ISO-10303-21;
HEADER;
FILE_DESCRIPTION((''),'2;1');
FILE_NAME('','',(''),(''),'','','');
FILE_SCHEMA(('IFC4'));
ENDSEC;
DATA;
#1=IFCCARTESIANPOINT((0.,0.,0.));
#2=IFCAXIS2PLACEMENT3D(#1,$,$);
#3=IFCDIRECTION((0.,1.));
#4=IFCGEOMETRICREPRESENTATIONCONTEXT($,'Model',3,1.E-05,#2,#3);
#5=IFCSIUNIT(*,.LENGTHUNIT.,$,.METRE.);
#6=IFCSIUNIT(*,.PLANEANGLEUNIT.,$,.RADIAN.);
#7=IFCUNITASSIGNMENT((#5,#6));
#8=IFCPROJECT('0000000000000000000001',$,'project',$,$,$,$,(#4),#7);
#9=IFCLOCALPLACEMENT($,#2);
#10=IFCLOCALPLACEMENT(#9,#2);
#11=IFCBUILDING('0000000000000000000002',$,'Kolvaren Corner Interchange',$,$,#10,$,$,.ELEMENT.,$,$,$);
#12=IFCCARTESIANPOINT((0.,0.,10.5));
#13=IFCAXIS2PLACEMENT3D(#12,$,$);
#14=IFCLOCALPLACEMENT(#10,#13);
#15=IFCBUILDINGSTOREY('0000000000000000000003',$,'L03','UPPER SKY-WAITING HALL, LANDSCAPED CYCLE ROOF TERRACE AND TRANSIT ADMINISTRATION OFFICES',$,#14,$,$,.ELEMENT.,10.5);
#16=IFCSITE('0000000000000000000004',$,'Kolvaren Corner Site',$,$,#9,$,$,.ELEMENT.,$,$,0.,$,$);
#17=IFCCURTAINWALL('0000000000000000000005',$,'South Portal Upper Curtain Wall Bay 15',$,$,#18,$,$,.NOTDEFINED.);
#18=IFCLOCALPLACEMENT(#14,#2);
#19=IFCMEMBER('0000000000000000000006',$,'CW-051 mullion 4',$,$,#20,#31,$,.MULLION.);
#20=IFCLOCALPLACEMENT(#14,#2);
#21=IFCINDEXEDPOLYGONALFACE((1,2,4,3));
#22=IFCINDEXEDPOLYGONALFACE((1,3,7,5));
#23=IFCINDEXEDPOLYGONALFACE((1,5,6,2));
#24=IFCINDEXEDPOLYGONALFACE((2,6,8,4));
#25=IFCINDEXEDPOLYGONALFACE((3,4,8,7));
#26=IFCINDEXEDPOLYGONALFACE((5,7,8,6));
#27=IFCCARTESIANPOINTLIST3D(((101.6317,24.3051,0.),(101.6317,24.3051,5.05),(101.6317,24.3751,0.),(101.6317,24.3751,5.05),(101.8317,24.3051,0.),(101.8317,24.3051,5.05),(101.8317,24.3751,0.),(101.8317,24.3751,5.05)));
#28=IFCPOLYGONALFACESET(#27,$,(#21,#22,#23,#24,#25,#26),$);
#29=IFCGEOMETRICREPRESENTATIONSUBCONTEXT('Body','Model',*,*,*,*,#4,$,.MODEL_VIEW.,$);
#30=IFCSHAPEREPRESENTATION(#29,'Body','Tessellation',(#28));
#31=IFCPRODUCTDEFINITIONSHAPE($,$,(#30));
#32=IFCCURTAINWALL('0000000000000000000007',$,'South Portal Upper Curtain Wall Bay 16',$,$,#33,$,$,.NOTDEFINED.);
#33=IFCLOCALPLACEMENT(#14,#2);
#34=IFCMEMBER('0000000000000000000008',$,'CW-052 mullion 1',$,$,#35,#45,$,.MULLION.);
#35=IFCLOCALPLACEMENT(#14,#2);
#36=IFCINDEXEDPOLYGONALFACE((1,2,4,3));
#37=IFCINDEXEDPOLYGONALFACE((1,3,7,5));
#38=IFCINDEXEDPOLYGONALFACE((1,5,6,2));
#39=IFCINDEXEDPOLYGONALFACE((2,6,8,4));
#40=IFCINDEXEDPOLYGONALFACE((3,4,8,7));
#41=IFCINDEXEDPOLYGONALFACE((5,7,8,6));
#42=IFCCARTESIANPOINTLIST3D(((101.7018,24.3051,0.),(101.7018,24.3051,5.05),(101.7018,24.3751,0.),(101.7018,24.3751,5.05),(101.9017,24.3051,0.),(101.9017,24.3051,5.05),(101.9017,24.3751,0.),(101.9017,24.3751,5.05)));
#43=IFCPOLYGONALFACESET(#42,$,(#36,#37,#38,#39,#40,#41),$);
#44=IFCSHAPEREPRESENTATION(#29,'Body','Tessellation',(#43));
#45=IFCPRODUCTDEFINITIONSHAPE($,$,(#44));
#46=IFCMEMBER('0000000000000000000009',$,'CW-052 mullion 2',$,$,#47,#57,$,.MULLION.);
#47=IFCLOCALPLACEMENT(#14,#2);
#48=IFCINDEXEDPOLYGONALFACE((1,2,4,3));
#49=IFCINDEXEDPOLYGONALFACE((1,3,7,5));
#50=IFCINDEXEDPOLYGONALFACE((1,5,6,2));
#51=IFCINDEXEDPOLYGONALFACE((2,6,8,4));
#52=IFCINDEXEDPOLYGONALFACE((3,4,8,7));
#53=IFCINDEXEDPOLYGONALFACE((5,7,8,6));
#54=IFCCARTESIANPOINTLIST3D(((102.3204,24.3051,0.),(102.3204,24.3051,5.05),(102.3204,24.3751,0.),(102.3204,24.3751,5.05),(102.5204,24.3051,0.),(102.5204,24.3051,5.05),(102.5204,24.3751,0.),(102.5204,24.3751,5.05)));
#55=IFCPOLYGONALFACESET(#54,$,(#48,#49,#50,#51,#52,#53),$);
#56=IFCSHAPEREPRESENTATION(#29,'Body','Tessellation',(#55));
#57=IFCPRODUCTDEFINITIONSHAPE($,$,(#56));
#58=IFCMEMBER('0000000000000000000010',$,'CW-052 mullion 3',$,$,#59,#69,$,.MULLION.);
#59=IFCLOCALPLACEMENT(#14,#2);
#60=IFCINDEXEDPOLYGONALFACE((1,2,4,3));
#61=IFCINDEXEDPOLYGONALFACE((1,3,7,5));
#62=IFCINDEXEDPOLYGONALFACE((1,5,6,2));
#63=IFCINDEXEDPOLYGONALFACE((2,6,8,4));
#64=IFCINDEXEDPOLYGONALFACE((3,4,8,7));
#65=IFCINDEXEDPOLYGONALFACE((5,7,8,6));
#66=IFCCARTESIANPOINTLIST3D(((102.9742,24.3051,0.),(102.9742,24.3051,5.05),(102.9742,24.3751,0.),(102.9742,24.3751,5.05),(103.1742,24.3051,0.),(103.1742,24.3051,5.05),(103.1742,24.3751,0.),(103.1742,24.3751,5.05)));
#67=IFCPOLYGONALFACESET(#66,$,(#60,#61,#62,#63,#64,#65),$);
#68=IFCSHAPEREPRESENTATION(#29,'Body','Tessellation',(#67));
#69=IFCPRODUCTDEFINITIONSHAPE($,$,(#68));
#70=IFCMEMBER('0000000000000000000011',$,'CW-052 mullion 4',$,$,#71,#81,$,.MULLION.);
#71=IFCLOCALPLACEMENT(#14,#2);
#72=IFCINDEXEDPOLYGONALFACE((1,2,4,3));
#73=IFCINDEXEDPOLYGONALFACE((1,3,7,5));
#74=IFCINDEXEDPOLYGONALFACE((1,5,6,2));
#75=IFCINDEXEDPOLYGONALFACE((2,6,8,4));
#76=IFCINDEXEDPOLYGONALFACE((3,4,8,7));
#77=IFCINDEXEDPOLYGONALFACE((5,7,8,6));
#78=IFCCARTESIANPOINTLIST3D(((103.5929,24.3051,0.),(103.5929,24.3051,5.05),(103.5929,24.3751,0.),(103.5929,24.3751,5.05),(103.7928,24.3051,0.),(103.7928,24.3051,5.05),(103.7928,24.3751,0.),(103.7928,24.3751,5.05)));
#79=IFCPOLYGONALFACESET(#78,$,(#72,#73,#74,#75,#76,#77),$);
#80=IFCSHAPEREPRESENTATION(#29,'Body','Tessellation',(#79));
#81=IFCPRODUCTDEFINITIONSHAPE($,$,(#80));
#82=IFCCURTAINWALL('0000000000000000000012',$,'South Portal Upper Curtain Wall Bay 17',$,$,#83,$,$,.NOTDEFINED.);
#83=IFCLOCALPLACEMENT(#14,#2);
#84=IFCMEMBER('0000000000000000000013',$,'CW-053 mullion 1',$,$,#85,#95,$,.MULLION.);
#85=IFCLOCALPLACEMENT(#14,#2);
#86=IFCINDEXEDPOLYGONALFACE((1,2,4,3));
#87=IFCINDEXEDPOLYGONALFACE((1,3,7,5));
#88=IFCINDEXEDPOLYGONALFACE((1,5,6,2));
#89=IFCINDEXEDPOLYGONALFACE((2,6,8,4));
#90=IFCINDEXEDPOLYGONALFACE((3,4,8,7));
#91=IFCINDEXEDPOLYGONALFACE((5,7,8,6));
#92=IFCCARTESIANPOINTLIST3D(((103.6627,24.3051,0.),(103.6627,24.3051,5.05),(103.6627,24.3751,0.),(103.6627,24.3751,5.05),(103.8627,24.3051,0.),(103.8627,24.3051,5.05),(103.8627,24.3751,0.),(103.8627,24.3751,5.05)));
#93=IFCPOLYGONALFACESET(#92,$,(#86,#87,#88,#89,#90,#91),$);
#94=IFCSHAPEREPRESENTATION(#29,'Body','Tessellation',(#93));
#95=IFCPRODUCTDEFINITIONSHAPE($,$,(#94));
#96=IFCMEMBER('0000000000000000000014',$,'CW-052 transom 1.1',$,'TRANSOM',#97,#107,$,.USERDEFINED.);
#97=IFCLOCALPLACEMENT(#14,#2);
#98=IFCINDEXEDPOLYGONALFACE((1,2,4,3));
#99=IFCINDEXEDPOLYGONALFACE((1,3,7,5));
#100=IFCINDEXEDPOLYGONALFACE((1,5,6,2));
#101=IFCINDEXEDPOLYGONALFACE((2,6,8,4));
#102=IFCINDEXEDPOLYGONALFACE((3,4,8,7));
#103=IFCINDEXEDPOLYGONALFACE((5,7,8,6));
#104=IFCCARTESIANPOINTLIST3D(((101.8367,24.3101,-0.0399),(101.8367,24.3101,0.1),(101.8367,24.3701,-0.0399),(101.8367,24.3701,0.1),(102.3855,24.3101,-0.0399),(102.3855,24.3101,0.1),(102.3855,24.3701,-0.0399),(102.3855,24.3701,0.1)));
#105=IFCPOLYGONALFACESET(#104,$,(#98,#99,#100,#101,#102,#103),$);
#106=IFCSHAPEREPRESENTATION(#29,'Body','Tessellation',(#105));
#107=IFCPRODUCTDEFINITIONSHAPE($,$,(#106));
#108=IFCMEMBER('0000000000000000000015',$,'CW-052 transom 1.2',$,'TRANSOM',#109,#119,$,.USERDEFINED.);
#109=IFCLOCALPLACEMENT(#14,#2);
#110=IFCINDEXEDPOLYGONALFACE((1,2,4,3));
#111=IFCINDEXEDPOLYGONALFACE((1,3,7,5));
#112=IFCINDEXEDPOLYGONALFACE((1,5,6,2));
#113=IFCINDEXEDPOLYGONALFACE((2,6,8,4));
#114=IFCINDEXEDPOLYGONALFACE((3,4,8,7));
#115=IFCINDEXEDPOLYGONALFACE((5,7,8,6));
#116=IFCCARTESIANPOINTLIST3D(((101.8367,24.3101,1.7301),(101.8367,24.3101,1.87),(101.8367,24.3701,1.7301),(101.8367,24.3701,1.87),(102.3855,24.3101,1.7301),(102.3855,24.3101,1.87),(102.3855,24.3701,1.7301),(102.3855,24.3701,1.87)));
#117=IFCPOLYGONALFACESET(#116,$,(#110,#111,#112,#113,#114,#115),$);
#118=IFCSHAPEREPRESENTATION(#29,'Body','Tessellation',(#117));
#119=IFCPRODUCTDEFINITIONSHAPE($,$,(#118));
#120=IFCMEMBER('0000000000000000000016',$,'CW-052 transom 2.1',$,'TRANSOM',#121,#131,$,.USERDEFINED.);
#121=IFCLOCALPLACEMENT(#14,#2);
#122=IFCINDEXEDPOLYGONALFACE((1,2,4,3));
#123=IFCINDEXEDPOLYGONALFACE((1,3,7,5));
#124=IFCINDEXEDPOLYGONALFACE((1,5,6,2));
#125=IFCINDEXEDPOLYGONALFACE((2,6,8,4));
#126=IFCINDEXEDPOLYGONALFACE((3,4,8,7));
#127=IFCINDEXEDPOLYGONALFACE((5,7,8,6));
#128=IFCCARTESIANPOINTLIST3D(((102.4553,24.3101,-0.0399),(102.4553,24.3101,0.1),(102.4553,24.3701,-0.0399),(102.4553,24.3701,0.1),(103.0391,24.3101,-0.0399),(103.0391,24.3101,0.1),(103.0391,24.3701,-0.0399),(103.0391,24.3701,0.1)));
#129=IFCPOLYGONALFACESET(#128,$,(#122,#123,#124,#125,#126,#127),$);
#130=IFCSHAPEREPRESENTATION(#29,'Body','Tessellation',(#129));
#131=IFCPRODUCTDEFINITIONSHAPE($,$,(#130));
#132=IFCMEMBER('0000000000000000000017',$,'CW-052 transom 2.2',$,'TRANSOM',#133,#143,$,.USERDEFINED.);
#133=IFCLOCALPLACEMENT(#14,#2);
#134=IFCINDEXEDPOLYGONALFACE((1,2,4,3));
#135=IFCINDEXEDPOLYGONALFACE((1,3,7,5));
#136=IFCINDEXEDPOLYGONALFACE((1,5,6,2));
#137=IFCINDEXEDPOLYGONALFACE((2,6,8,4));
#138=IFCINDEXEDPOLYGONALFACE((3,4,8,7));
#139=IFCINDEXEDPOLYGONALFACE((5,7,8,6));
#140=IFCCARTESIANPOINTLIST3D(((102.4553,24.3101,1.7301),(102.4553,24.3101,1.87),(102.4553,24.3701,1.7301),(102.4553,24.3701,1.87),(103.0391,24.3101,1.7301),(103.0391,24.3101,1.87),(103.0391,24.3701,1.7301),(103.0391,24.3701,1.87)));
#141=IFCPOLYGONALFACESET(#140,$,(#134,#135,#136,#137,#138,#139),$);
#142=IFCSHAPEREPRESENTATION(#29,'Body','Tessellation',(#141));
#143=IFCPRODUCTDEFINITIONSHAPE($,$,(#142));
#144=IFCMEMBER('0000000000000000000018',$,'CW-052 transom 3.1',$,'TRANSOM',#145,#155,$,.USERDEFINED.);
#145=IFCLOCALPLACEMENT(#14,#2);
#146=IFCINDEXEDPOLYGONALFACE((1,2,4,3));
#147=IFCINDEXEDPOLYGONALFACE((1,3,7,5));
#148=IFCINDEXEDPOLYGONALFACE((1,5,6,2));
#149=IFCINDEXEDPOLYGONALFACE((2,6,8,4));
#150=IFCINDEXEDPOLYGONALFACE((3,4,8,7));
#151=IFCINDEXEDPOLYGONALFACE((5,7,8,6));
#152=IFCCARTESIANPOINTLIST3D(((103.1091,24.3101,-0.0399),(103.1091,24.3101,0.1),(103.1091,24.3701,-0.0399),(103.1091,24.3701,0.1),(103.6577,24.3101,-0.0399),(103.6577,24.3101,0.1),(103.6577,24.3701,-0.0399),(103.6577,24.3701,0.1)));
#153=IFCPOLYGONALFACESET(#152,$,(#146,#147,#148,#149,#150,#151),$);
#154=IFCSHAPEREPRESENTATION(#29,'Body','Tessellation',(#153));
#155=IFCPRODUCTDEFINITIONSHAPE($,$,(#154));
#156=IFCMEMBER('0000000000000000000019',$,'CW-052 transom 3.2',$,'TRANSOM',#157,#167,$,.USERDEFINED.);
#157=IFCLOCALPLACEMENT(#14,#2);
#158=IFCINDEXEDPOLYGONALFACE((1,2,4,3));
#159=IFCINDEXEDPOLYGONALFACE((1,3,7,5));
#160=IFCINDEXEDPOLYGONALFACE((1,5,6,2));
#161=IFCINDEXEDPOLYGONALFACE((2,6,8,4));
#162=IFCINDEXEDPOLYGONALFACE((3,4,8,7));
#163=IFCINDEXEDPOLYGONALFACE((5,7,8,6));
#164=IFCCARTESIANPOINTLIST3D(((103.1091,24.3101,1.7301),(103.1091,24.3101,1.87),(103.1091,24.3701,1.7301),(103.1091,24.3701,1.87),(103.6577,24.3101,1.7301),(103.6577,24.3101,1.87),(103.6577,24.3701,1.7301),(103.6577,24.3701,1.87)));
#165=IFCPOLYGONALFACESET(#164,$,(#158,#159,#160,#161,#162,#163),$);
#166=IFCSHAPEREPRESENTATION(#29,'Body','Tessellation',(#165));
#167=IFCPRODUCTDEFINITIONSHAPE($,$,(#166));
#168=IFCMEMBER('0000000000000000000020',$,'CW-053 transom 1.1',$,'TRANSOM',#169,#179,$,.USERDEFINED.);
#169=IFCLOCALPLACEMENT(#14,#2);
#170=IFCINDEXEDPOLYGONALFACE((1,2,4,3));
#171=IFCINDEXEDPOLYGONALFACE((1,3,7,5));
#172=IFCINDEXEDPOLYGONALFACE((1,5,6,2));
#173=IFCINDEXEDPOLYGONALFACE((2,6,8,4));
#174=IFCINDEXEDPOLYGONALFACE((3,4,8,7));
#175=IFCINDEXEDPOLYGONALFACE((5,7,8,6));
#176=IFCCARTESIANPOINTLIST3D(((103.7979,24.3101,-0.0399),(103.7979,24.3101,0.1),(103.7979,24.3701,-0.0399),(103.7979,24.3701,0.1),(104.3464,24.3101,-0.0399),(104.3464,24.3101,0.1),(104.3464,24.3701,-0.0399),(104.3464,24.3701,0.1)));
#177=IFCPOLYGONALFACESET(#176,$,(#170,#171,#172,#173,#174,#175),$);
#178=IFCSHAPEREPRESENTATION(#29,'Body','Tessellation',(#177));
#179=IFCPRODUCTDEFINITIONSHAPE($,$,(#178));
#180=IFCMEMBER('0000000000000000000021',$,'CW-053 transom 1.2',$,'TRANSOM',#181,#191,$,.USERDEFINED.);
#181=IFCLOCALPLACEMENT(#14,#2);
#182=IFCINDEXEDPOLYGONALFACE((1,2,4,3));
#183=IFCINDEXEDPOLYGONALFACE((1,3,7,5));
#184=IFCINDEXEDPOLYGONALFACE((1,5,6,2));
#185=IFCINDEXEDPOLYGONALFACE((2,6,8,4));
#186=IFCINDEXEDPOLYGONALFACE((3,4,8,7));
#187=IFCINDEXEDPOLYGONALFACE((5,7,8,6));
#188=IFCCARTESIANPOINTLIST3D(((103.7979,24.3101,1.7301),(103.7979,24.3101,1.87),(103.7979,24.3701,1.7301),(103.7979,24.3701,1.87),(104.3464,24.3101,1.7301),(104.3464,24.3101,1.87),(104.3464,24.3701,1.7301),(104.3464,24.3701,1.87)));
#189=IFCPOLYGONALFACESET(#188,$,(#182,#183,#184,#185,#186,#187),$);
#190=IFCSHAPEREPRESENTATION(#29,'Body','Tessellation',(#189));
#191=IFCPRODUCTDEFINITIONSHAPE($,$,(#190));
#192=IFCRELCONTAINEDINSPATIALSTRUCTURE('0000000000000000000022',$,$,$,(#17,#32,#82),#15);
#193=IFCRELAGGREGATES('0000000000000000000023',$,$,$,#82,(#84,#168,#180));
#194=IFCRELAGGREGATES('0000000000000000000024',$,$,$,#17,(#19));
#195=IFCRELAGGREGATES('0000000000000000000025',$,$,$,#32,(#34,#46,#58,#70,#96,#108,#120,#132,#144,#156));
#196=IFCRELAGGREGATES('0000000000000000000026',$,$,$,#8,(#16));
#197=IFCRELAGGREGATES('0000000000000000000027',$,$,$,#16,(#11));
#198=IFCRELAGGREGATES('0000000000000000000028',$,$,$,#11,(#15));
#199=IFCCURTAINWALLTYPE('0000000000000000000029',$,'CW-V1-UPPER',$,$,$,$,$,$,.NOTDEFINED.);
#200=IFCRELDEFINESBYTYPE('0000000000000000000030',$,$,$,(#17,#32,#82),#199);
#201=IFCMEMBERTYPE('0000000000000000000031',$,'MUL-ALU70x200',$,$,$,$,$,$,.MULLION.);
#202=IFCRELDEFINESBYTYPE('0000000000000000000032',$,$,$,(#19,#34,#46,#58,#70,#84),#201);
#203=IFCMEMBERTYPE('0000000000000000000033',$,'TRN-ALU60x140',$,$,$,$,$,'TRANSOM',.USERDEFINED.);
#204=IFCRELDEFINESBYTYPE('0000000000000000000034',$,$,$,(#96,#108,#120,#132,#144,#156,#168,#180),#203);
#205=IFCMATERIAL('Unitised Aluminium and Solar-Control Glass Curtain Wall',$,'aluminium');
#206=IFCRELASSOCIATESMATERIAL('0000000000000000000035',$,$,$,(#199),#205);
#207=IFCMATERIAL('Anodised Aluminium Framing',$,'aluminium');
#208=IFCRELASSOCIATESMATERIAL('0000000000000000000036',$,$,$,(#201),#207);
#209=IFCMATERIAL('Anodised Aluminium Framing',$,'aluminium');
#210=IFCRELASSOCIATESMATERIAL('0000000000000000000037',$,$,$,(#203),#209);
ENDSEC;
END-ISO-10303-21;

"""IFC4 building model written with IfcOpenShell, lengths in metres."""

from ifc_helpers import new_model, si_unit, direction, frame, origin, origin_2d, place, context, subcontext, project, spatial, rectangle, extrude, material, material_profile, profile_set, type_object, element, aggregate, save


model = new_model("IFC4")

# Units and contexts
model_context = context("Model", 3, precision=1e-05, world=origin(), true_north=direction((0.0, 1.0)))
body_context = subcontext(model_context, "Body", "Model", "MODEL_VIEW")
ifc_project = project(units=[si_unit("LENGTHUNIT", "METRE"), si_unit("PLANEANGLEUNIT", "RADIAN")], contexts=[model_context])

# Site, building, storey
site_placement = place(None, origin())
site = spatial("IfcSite", under=ifc_project, at=site_placement, Name="Kolvaren Corner Site", CompositionType="ELEMENT", RefElevation=0.0)
building_placement = place(site_placement, origin())
building = spatial("IfcBuilding", under=site, at=building_placement, Name="Kolvaren Corner Interchange", CompositionType="ELEMENT")
storey_placement = place(building_placement, frame((0.0, 0.0, 10.5)))
storey = spatial("IfcBuildingStorey", under=building, at=storey_placement, Name="L03", Description="UPPER SKY-WAITING HALL, LANDSCAPED CYCLE ROOF TERRACE AND TRANSIT ADMINISTRATION OFFICES", CompositionType="ELEMENT", Elevation=10.5)

# Curtain wall, member
ifc_material_1 = material(Name="Unitised Aluminium and Solar-Control Glass Curtain Wall", Category="aluminium")
curtain_wall_type = type_object("IfcCurtainWallType", Name="CW-V1-UPPER", PredefinedType="NOTDEFINED", material=ifc_material_1)
curtain_wall_1_placement = place(storey_placement, origin())
curtain_wall_1 = element("IfcCurtainWall", 1, at=curtain_wall_1_placement, inside=storey, type_object=curtain_wall_type, Name="South Portal Upper Curtain Wall Bay 15", PredefinedType="NOTDEFINED")
ifc_material_2 = material(Name="Anodised Aluminium Framing", Category="aluminium")
ifc_material_profile_1 = material_profile(ifc_material_2, rectangle(XDim=0.0701, YDim=0.2, at=origin_2d()), Name="ALU 70x200")
ifc_profile_set_1 = profile_set([ifc_material_profile_1], Name="Anodised Aluminium Framing")
member_type_1 = type_object("IfcMemberType", Name="MUL-ALU70x200", PredefinedType="MULLION", material=ifc_profile_set_1)
member_1_placement = place(storey_placement, frame((101.7317, 24.3401, 0.0), z_axis=(0.0, 0.0, 1.0), x_axis=(0.0, 1.0, 0.0)))
member_1 = element("IfcMember", 2, at=member_1_placement, type_object=member_type_1, Name="CW-051 mullion 4", PredefinedType="MULLION", context=body_context, shape_type="SweptSolid", body=[
    extrude(rectangle(XDim=0.0701, YDim=0.2, at=origin_2d()), origin(), (0.0, 0.0, 1.0), 5.05),
])

# Curtain wall, members
curtain_wall_2_placement = place(storey_placement, origin())
curtain_wall_2 = element("IfcCurtainWall", 3, at=curtain_wall_2_placement, inside=storey, type_object=curtain_wall_type, Name="South Portal Upper Curtain Wall Bay 16", PredefinedType="NOTDEFINED")
member_2_placement = place(storey_placement, frame((101.8018, 24.3401, 0.0), z_axis=(0.0, 0.0, 1.0), x_axis=(0.0, 1.0, 0.0)))
member_2 = element("IfcMember", 4, at=member_2_placement, type_object=member_type_1, Name="CW-052 mullion 1", PredefinedType="MULLION", context=body_context, shape_type="SweptSolid", body=[
    extrude(rectangle(XDim=0.0701, YDim=0.2, at=origin_2d()), origin(), (0.0, 0.0, 1.0), 5.05),
])
member_3_placement = place(storey_placement, frame((102.4204, 24.3401, 0.0), z_axis=(0.0, 0.0, 1.0), x_axis=(0.0, 1.0, 0.0)))
member_3 = element("IfcMember", 5, at=member_3_placement, type_object=member_type_1, Name="CW-052 mullion 2", PredefinedType="MULLION", context=body_context, shape_type="SweptSolid", body=[
    extrude(rectangle(XDim=0.0701, YDim=0.2, at=origin_2d()), origin(), (0.0, 0.0, 1.0), 5.05),
])
member_4_placement = place(storey_placement, frame((103.0742, 24.3401, 0.0), z_axis=(0.0, 0.0, 1.0), x_axis=(0.0, 1.0, 0.0)))
member_4 = element("IfcMember", 6, at=member_4_placement, type_object=member_type_1, Name="CW-052 mullion 3", PredefinedType="MULLION", context=body_context, shape_type="SweptSolid", body=[
    extrude(rectangle(XDim=0.0701, YDim=0.2, at=origin_2d()), origin(), (0.0, 0.0, 1.0), 5.05),
])
member_5_placement = place(storey_placement, frame((103.6929, 24.3401, 0.0), z_axis=(0.0, 0.0, 1.0), x_axis=(0.0, 1.0, 0.0)))
member_5 = element("IfcMember", 7, at=member_5_placement, type_object=member_type_1, Name="CW-052 mullion 4", PredefinedType="MULLION", context=body_context, shape_type="SweptSolid", body=[
    extrude(rectangle(XDim=0.0701, YDim=0.2, at=origin_2d()), origin(), (0.0, 0.0, 1.0), 5.05),
])

# Curtain wall, member
curtain_wall_3_placement = place(storey_placement, origin())
curtain_wall_3 = element("IfcCurtainWall", 8, at=curtain_wall_3_placement, inside=storey, type_object=curtain_wall_type, Name="South Portal Upper Curtain Wall Bay 17", PredefinedType="NOTDEFINED")
member_6_placement = place(storey_placement, frame((103.7627, 24.3401, 0.0), z_axis=(0.0, 0.0, 1.0), x_axis=(0.0, 1.0, 0.0)))
member_6 = element("IfcMember", 9, at=member_6_placement, type_object=member_type_1, Name="CW-053 mullion 1", PredefinedType="MULLION", context=body_context, shape_type="SweptSolid", body=[
    extrude(rectangle(XDim=0.0701, YDim=0.2, at=origin_2d()), origin(), (0.0, 0.0, 1.0), 5.05),
])

# Members
ifc_material_3 = material(Name="Anodised Aluminium Framing", Category="aluminium")
ifc_material_profile_2 = material_profile(ifc_material_3, rectangle(XDim=0.0601, YDim=0.1399, at=origin_2d()), Name="ALU 60x140")
ifc_profile_set_2 = profile_set([ifc_material_profile_2], Name="Anodised Aluminium Framing")
member_type_2 = type_object("IfcMemberType", Name="TRN-ALU60x140", ElementType="TRANSOM", PredefinedType="USERDEFINED", material=ifc_profile_set_2)
member_7_placement = place(storey_placement, frame((101.8367, 24.3401, 0.03), z_axis=(1.0, 0.0, 0.0), x_axis=(0.0, 1.0, 0.0)))
member_7 = element("IfcMember", 10, at=member_7_placement, type_object=member_type_2, Name="CW-052 transom 1.1", ObjectType="TRANSOM", PredefinedType="USERDEFINED", context=body_context, shape_type="SweptSolid", body=[
    extrude(rectangle(XDim=0.0601, YDim=0.1399, at=origin_2d()), origin(), (0.0, 0.0, 1.0), 0.5488),
])
member_8_placement = place(storey_placement, frame((101.8367, 24.3401, 1.8), z_axis=(1.0, 0.0, 0.0), x_axis=(0.0, 1.0, 0.0)))
member_8 = element("IfcMember", 11, at=member_8_placement, type_object=member_type_2, Name="CW-052 transom 1.2", ObjectType="TRANSOM", PredefinedType="USERDEFINED", context=body_context, shape_type="SweptSolid", body=[
    extrude(rectangle(XDim=0.0601, YDim=0.1399, at=origin_2d()), origin(), (0.0, 0.0, 1.0), 0.5488),
])
member_9_placement = place(storey_placement, frame((102.4553, 24.3401, 0.03), z_axis=(1.0, 0.0, 0.0), x_axis=(0.0, 1.0, 0.0)))
member_9 = element("IfcMember", 12, at=member_9_placement, type_object=member_type_2, Name="CW-052 transom 2.1", ObjectType="TRANSOM", PredefinedType="USERDEFINED", context=body_context, shape_type="SweptSolid", body=[
    extrude(rectangle(XDim=0.0601, YDim=0.1399, at=origin_2d()), origin(), (0.0, 0.0, 1.0), 0.5837),
])
member_10_placement = place(storey_placement, frame((102.4553, 24.3401, 1.8), z_axis=(1.0, 0.0, 0.0), x_axis=(0.0, 1.0, 0.0)))
member_10 = element("IfcMember", 13, at=member_10_placement, type_object=member_type_2, Name="CW-052 transom 2.2", ObjectType="TRANSOM", PredefinedType="USERDEFINED", context=body_context, shape_type="SweptSolid", body=[
    extrude(rectangle(XDim=0.0601, YDim=0.1399, at=origin_2d()), origin(), (0.0, 0.0, 1.0), 0.5837),
])
member_11_placement = place(storey_placement, frame((103.1091, 24.3401, 0.03), z_axis=(1.0, 0.0, 0.0), x_axis=(0.0, 1.0, 0.0)))
member_11 = element("IfcMember", 14, at=member_11_placement, type_object=member_type_2, Name="CW-052 transom 3.1", ObjectType="TRANSOM", PredefinedType="USERDEFINED", context=body_context, shape_type="SweptSolid", body=[
    extrude(rectangle(XDim=0.0601, YDim=0.1399, at=origin_2d()), origin(), (0.0, 0.0, 1.0), 0.5486),
])
member_12_placement = place(storey_placement, frame((103.1091, 24.3401, 1.8), z_axis=(1.0, 0.0, 0.0), x_axis=(0.0, 1.0, 0.0)))
member_12 = element("IfcMember", 15, at=member_12_placement, type_object=member_type_2, Name="CW-052 transom 3.2", ObjectType="TRANSOM", PredefinedType="USERDEFINED", context=body_context, shape_type="SweptSolid", body=[
    extrude(rectangle(XDim=0.0601, YDim=0.1399, at=origin_2d()), origin(), (0.0, 0.0, 1.0), 0.5486),
])
member_13_placement = place(storey_placement, frame((103.7979, 24.3401, 0.03), z_axis=(1.0, 0.0, 0.0), x_axis=(0.0, 1.0, 0.0)))
member_13 = element("IfcMember", 16, at=member_13_placement, type_object=member_type_2, Name="CW-053 transom 1.1", ObjectType="TRANSOM", PredefinedType="USERDEFINED", context=body_context, shape_type="SweptSolid", body=[
    extrude(rectangle(XDim=0.0601, YDim=0.1399, at=origin_2d()), origin(), (0.0, 0.0, 1.0), 0.5486),
])
member_14_placement = place(storey_placement, frame((103.7979, 24.3401, 1.8), z_axis=(1.0, 0.0, 0.0), x_axis=(0.0, 1.0, 0.0)))
member_14 = element("IfcMember", 17, at=member_14_placement, type_object=member_type_2, Name="CW-053 transom 1.2", ObjectType="TRANSOM", PredefinedType="USERDEFINED", context=body_context, shape_type="SweptSolid", body=[
    extrude(rectangle(XDim=0.0601, YDim=0.1399, at=origin_2d()), origin(), (0.0, 0.0, 1.0), 0.5486),
])
aggregate(curtain_wall_3, [member_6, member_13, member_14])

aggregate(curtain_wall_1, [member_1])
aggregate(curtain_wall_2, [member_2, member_3, member_4, member_5, member_7, member_8, member_9, member_10, member_11, member_12])

save(model, "model.ifc")
